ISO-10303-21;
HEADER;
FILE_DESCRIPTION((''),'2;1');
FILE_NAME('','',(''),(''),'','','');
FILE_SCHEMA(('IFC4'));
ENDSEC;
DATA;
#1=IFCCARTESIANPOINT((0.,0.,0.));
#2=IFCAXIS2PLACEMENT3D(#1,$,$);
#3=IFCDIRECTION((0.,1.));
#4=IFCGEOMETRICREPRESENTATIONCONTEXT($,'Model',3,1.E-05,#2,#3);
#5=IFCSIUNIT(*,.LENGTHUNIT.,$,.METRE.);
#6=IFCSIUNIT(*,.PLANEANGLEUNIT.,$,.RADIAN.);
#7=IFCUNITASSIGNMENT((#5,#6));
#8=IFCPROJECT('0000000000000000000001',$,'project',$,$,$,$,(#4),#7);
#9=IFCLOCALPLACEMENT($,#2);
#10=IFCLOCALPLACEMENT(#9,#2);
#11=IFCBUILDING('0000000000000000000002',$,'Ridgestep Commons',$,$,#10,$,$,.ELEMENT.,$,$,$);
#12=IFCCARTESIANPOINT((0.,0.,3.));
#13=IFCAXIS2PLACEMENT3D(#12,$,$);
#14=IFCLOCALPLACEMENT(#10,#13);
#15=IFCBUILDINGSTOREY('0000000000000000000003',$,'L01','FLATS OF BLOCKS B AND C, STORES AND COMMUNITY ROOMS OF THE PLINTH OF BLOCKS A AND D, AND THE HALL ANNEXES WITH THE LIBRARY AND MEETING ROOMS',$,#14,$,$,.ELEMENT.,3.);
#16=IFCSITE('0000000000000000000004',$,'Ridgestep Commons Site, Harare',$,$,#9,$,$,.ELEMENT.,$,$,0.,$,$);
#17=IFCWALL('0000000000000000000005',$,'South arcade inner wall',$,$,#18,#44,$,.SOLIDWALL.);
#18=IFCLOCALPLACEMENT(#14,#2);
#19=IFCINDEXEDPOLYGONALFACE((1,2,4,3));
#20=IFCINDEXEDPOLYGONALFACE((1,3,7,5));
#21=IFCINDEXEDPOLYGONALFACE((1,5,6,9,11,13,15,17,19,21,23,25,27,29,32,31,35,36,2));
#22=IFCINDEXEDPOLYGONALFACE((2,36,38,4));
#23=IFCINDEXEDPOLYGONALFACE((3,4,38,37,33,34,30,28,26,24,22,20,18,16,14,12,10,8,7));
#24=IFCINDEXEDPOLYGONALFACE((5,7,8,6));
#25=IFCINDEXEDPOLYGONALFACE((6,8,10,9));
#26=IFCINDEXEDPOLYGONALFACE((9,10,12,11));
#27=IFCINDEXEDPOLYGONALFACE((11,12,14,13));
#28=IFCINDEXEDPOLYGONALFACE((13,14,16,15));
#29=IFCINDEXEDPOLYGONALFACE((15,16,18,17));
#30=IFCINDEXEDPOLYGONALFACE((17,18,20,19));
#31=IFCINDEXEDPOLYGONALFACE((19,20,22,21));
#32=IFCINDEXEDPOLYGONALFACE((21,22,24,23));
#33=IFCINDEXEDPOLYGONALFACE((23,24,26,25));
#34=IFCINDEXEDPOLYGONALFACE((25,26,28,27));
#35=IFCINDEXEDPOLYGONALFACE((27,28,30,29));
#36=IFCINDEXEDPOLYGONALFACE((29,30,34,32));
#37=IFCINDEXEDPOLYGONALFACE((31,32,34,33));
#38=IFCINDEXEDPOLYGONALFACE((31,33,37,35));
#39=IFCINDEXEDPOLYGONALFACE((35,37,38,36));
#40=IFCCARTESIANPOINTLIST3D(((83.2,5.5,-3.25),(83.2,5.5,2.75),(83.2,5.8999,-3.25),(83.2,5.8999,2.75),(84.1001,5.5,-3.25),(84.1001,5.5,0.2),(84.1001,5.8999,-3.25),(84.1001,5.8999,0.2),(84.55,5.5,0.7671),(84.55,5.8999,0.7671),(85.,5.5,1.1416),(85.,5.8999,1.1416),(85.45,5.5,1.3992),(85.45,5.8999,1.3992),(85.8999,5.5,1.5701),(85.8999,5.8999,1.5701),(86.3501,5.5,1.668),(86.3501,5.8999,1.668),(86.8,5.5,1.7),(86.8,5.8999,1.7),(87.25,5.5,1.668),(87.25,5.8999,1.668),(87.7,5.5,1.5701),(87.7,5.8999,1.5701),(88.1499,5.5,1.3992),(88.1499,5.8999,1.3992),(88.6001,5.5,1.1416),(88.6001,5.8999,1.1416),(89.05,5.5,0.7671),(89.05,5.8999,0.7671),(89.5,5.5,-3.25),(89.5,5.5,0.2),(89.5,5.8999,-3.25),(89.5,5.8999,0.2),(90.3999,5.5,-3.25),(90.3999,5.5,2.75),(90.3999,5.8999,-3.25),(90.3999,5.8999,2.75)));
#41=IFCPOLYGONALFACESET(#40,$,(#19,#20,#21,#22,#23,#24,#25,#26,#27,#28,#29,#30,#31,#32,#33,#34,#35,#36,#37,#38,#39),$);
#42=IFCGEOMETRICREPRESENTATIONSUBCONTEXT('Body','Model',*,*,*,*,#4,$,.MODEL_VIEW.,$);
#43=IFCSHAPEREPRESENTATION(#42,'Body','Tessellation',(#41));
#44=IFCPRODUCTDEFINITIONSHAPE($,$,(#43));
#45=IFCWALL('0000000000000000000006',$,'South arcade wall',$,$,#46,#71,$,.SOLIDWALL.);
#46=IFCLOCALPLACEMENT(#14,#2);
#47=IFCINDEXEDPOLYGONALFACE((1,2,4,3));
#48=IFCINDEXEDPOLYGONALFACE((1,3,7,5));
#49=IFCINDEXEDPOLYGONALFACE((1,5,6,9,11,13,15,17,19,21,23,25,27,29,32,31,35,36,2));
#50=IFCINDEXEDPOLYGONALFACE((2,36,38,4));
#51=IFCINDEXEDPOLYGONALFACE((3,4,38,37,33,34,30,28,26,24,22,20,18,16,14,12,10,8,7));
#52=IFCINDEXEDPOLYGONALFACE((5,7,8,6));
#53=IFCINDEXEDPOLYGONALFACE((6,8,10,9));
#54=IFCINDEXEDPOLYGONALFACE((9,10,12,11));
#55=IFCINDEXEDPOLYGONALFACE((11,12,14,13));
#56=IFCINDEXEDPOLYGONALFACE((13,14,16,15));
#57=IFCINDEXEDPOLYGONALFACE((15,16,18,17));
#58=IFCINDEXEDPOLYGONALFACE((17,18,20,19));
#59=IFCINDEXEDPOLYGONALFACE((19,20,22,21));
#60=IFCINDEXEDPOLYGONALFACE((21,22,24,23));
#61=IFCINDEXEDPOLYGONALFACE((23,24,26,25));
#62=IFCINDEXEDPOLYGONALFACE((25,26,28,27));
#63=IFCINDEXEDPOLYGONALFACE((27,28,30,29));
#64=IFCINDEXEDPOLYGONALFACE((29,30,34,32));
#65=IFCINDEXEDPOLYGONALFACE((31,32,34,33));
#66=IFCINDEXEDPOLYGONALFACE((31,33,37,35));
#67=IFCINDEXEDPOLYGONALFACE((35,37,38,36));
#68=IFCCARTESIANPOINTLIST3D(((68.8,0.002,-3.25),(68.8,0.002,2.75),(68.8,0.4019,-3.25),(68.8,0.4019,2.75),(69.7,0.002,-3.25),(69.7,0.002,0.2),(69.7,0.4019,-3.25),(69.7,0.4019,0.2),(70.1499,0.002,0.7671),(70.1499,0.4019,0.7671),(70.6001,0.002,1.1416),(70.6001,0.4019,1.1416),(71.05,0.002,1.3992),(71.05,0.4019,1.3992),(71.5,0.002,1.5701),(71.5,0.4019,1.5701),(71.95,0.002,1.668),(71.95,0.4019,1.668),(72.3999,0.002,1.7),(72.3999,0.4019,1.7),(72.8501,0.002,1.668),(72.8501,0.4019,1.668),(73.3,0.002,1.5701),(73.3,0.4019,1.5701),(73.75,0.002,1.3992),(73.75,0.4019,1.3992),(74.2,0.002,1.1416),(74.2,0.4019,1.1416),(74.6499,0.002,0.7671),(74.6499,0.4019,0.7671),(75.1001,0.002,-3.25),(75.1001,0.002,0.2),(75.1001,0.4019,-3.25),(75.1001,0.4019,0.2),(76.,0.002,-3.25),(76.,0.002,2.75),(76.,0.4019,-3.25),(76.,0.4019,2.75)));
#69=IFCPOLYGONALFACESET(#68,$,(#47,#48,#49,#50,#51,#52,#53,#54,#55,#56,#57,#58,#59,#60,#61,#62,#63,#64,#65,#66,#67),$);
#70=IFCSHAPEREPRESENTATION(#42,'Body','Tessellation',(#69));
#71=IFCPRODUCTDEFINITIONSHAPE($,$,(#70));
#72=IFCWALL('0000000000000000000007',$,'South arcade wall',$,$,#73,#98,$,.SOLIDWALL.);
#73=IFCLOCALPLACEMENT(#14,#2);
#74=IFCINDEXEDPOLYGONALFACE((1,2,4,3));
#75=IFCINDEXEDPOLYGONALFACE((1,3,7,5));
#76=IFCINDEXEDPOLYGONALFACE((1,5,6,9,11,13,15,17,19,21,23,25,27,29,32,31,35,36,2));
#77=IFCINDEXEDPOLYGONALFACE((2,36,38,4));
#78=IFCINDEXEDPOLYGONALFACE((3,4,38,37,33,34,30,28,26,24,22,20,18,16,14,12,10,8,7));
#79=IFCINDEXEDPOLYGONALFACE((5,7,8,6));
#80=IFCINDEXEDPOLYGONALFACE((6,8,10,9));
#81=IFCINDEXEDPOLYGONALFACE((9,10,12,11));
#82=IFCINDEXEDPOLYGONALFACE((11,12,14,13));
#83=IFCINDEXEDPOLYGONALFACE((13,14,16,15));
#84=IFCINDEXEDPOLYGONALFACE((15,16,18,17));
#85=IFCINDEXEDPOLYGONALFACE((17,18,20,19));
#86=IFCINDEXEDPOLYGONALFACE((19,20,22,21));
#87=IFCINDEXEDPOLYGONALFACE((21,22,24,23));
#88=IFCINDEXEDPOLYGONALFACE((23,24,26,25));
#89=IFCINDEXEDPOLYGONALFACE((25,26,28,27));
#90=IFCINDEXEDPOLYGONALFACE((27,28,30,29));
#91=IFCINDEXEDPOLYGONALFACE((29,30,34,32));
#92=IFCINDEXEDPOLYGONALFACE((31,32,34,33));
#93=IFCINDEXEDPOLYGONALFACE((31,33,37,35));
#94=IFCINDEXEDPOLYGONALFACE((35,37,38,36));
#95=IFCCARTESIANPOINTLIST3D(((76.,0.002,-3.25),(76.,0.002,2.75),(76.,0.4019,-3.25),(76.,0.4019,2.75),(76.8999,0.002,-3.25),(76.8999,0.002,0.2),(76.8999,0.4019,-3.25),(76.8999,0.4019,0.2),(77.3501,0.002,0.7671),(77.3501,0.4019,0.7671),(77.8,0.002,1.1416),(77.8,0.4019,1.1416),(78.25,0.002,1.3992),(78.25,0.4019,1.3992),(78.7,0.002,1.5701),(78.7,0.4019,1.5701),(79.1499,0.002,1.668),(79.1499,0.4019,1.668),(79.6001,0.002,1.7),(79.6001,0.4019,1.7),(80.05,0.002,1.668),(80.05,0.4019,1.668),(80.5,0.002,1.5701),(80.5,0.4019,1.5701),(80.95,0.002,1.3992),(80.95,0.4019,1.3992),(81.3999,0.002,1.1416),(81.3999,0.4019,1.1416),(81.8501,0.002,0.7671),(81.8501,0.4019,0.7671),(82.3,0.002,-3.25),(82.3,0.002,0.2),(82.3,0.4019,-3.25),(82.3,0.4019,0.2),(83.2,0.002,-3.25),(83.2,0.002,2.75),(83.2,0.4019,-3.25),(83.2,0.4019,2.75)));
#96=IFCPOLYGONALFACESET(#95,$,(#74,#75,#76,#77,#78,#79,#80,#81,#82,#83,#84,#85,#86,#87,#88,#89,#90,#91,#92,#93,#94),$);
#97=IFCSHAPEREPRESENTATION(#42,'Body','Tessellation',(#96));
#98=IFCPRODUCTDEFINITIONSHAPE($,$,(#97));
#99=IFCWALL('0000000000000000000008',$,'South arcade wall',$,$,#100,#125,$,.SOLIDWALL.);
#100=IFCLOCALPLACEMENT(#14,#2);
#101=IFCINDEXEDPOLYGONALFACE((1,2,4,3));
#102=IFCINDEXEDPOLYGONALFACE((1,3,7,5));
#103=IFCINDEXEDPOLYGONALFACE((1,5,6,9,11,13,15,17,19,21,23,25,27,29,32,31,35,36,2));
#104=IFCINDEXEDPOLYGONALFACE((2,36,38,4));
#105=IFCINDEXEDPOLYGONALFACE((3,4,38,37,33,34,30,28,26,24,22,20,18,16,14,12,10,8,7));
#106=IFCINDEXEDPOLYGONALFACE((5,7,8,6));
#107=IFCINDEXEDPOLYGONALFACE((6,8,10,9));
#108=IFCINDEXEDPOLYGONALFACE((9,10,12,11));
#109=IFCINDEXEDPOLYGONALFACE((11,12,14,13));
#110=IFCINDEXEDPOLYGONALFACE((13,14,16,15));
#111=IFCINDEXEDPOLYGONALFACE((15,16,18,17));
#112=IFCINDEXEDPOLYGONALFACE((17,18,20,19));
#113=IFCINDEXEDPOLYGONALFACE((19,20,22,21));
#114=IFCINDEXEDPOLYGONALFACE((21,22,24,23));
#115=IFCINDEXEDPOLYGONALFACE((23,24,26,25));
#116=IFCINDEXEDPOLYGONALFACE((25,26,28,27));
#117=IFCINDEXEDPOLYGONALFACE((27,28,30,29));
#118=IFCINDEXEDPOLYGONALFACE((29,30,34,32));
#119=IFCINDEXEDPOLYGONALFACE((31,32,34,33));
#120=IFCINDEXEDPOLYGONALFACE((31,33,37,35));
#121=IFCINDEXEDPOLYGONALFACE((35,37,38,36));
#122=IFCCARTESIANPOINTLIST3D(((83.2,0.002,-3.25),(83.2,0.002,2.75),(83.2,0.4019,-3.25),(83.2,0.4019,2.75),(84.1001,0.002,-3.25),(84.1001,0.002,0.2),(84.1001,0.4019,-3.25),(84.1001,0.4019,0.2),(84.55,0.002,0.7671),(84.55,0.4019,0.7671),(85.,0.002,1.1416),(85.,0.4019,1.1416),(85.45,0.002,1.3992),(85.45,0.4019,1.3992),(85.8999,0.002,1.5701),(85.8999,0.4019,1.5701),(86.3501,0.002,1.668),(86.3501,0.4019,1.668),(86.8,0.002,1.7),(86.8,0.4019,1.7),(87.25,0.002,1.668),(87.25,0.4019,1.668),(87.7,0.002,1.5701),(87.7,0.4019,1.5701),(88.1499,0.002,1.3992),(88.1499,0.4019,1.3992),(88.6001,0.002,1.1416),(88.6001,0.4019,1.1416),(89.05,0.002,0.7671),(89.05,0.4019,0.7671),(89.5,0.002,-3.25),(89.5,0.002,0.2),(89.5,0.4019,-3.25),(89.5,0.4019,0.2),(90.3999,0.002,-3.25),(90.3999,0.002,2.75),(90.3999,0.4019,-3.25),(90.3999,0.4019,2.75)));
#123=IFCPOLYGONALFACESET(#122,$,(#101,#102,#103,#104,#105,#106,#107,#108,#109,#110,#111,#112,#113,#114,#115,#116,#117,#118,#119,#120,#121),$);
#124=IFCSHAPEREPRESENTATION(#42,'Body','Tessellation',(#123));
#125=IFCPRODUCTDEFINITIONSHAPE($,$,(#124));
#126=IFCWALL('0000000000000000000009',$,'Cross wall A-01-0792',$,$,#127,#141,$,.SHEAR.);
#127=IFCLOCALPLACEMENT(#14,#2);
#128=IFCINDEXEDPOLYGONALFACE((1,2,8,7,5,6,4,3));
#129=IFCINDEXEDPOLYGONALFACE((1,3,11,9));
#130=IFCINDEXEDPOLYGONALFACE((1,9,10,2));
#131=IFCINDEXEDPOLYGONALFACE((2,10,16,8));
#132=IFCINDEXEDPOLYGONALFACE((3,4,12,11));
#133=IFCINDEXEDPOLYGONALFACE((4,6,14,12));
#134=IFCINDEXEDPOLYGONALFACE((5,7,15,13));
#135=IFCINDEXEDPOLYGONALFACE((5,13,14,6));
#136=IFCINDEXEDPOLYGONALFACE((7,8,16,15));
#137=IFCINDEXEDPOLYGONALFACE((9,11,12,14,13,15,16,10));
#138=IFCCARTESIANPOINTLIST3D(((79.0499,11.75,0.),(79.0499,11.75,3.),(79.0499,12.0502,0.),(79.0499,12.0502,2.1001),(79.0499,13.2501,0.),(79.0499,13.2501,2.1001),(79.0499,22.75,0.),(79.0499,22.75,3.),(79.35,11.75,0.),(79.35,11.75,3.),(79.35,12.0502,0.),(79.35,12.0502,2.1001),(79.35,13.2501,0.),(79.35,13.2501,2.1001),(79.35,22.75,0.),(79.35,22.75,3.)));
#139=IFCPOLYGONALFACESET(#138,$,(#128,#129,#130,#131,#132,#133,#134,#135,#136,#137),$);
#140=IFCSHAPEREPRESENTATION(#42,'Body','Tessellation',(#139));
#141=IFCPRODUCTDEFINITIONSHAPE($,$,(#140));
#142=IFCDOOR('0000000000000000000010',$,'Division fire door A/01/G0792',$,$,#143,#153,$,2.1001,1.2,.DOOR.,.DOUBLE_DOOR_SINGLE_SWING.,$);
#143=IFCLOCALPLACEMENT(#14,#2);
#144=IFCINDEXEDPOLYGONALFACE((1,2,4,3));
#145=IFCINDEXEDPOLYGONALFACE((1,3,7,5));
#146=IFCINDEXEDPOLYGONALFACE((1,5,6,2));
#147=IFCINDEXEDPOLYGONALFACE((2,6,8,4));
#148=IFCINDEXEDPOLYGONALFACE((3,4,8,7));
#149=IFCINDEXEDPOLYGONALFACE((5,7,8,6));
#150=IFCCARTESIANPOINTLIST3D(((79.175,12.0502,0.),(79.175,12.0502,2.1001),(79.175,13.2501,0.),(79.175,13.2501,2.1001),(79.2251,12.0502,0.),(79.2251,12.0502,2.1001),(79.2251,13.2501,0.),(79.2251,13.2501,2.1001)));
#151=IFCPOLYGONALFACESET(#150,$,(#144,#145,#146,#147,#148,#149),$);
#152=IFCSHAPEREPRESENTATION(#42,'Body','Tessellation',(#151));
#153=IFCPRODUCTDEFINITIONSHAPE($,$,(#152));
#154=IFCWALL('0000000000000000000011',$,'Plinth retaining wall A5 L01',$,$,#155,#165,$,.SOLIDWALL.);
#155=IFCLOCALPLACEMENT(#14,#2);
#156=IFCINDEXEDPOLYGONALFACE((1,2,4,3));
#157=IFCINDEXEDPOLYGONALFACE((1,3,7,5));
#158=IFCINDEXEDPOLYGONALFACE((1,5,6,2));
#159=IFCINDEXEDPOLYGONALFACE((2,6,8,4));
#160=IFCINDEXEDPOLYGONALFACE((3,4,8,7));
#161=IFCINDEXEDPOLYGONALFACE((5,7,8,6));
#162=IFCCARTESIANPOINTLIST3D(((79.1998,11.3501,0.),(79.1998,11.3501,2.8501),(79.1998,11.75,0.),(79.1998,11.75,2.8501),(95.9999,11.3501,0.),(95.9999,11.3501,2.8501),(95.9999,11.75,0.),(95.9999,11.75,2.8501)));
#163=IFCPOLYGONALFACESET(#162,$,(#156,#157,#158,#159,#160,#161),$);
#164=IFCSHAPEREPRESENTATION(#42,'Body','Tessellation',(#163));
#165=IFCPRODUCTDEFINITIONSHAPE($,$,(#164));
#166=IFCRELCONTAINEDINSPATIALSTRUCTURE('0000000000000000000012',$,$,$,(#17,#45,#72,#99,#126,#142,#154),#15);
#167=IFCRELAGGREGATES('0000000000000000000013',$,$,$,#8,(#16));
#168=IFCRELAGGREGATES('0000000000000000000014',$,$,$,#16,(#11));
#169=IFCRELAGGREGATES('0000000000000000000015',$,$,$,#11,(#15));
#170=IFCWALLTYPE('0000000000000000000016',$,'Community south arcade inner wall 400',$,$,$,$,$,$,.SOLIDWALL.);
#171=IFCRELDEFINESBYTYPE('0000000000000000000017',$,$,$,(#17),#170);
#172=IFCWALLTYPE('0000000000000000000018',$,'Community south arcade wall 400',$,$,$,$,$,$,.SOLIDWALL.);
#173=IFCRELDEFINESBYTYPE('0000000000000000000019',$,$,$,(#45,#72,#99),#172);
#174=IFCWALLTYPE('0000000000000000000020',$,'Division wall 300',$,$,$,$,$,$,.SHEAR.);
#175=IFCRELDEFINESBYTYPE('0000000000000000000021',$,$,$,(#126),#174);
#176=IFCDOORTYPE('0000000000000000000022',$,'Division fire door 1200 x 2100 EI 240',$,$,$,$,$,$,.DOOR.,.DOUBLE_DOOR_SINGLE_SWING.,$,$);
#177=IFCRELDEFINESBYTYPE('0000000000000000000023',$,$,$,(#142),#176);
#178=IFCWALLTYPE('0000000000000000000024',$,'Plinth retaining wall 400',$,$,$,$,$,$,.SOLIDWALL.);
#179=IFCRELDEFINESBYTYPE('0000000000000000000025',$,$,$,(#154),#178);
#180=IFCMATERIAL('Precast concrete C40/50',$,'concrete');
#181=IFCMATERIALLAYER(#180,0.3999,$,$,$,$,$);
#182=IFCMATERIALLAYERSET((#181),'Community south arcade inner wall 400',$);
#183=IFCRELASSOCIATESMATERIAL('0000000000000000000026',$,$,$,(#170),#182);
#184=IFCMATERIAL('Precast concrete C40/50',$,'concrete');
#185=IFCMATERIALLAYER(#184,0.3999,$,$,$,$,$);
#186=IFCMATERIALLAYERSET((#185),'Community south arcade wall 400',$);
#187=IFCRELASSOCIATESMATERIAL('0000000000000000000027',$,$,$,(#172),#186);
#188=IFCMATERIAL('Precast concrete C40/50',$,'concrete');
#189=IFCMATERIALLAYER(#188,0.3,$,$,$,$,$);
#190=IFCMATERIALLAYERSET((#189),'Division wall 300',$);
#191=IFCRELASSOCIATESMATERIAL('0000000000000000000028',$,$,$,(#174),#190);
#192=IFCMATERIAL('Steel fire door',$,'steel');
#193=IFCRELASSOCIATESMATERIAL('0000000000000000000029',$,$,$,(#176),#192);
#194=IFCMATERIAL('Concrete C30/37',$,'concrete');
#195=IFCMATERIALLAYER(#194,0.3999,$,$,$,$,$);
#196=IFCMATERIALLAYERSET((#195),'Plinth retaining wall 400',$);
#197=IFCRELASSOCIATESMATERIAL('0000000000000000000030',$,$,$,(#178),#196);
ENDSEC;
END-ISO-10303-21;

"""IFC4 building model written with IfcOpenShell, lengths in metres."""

from ifc_helpers import new_model, si_unit, direction, frame, frame_2d, origin, place, context, subcontext, project, spatial, polyline, rectangle, outline, extrude, material, layer, layer_set, type_object, element, fill, save


model = new_model("IFC4")

# Units and contexts
model_context = context("Model", 3, precision=1e-05, world=origin(), true_north=direction((0.0, 1.0)))
body_context = subcontext(model_context, "Body", "Model", "MODEL_VIEW")
ifc_project = project(units=[si_unit("LENGTHUNIT", "METRE"), si_unit("PLANEANGLEUNIT", "RADIAN")], contexts=[model_context])

# Site, building, storey
site_placement = place(None, origin())
site = spatial("IfcSite", under=ifc_project, at=site_placement, Name="Ridgestep Commons Site, Harare", CompositionType="ELEMENT", RefElevation=0.0)
building_placement = place(site_placement, origin())
building = spatial("IfcBuilding", under=site, at=building_placement, Name="Ridgestep Commons", CompositionType="ELEMENT")
storey_placement = place(building_placement, frame((0.0, 0.0, 3.0)))
storey = spatial("IfcBuildingStorey", under=building, at=storey_placement, Name="L01", Description="FLATS OF BLOCKS B AND C, STORES AND COMMUNITY ROOMS OF THE PLINTH OF BLOCKS A AND D, AND THE HALL ANNEXES WITH THE LIBRARY AND MEETING ROOMS", CompositionType="ELEMENT", Elevation=3.0)

# Walls
ifc_material_1 = material(Name="Precast concrete C40/50", Category="concrete")
ifc_layer_1 = layer(ifc_material_1, 0.3999)
ifc_layer_set_1 = layer_set([ifc_layer_1], Name="Community south arcade inner wall 400")
wall_type_1 = type_object("IfcWallType", Name="Community south arcade inner wall 400", PredefinedType="SOLIDWALL", material=ifc_layer_set_1)
wall_1_placement = place(storey_placement, frame((83.2, 5.5, -3.25), z_axis=(0.0, -1.0, 0.0), x_axis=(1.0, 0.0, 0.0)))
element("IfcWall", 1, at=wall_1_placement, inside=storey, type_object=wall_type_1, Name="South arcade inner wall", PredefinedType="SOLIDWALL", context=body_context, shape_type="SweptSolid", body=[
    extrude(outline(polyline([(0.0, 0.0), (0.9001, 0.0), (0.9001, 3.45), (1.3501, 4.0171), (1.8, 4.3916), (2.25, 4.6492), (2.7, 4.8201), (3.1501, 4.918), (3.6001, 4.95), (4.05, 4.918), (4.5, 4.8201), (4.95, 4.6492), (5.4001, 4.3916), (5.8501, 4.0171), (6.3, 3.45), (6.3, 0.0), (7.2, 0.0), (7.2, 6.0), (0.0, 6.0), (0.0, 0.0)])), origin(), (0.0, 0.0, -1.0), 0.3999),
])
ifc_material_2 = material(Name="Precast concrete C40/50", Category="concrete")
ifc_layer_2 = layer(ifc_material_2, 0.3999)
ifc_layer_set_2 = layer_set([ifc_layer_2], Name="Community south arcade wall 400")
wall_type_2 = type_object("IfcWallType", Name="Community south arcade wall 400", PredefinedType="SOLIDWALL", material=ifc_layer_set_2)
wall_2_placement = place(storey_placement, frame((68.8, 0.002, -3.25), z_axis=(0.0, -1.0, 0.0), x_axis=(1.0, 0.0, 0.0)))
element("IfcWall", 2, at=wall_2_placement, inside=storey, type_object=wall_type_2, Name="South arcade wall", PredefinedType="SOLIDWALL", context=body_context, shape_type="SweptSolid", body=[
    extrude(outline(polyline([(0.0, 0.0), (0.8999, 0.0), (0.8999, 3.45), (1.3499, 4.0171), (1.8, 4.3916), (2.25, 4.6492), (2.7, 4.8201), (3.1499, 4.918), (3.5999, 4.95), (4.05, 4.918), (4.5, 4.8201), (4.95, 4.6492), (5.3999, 4.3916), (5.8499, 4.0171), (6.3, 3.45), (6.3, 0.0), (7.2, 0.0), (7.2, 6.0), (0.0, 6.0), (0.0, 0.0)])), origin(), (0.0, 0.0, -1.0), 0.3999),
])
wall_3_placement = place(storey_placement, frame((76.0, 0.002, -3.25), z_axis=(0.0, -1.0, 0.0), x_axis=(1.0, 0.0, 0.0)))
element("IfcWall", 3, at=wall_3_placement, inside=storey, type_object=wall_type_2, Name="South arcade wall", PredefinedType="SOLIDWALL", context=body_context, shape_type="SweptSolid", body=[
    extrude(outline(polyline([(0.0, 0.0), (0.8999, 0.0), (0.8999, 3.45), (1.3501, 4.0171), (1.8, 4.3916), (2.25, 4.6492), (2.7, 4.8201), (3.1499, 4.918), (3.6001, 4.95), (4.05, 4.918), (4.5, 4.8201), (4.95, 4.6492), (5.3999, 4.3916), (5.8501, 4.0171), (6.3, 3.45), (6.3, 0.0), (7.2, 0.0), (7.2, 6.0), (0.0, 6.0), (0.0, 0.0)])), origin(), (0.0, 0.0, -1.0), 0.3999),
])
wall_4_placement = place(storey_placement, frame((83.2, 0.002, -3.25), z_axis=(0.0, -1.0, 0.0), x_axis=(1.0, 0.0, 0.0)))
element("IfcWall", 4, at=wall_4_placement, inside=storey, type_object=wall_type_2, Name="South arcade wall", PredefinedType="SOLIDWALL", context=body_context, shape_type="SweptSolid", body=[
    extrude(outline(polyline([(0.0, 0.0), (0.9001, 0.0), (0.9001, 3.45), (1.3501, 4.0171), (1.8, 4.3916), (2.25, 4.6492), (2.7, 4.8201), (3.1501, 4.918), (3.6001, 4.95), (4.05, 4.918), (4.5, 4.8201), (4.95, 4.6492), (5.4001, 4.3916), (5.8501, 4.0171), (6.3, 3.45), (6.3, 0.0), (7.2, 0.0), (7.2, 6.0), (0.0, 6.0), (0.0, 0.0)])), origin(), (0.0, 0.0, -1.0), 0.3999),
])

# Wall, opening, door
ifc_material_3 = material(Name="Precast concrete C40/50", Category="concrete")
ifc_layer_3 = layer(ifc_material_3, 0.3)
ifc_layer_set_3 = layer_set([ifc_layer_3], Name="Division wall 300")
wall_type_3 = type_object("IfcWallType", Name="Division wall 300", PredefinedType="SHEAR", material=ifc_layer_set_3)
wall_5_placement = place(storey_placement, frame((79.2, 11.75, 0.0), z_axis=(0.0, 0.0, 1.0), x_axis=(0.0, 1.0, 0.0)))
wall_5 = element("IfcWall", 5, at=wall_5_placement, inside=storey, type_object=wall_type_3, Name="Cross wall A-01-0792", PredefinedType="SHEAR", context=body_context, shape_type="SweptSolid", body=[
    extrude(rectangle(XDim=11.0, YDim=0.3, at=frame_2d((5.5, 0.0))), origin(), (0.0, 0.0, 1.0), 3.0),
])
opening_placement = place(wall_5_placement, frame((0.3, 0.0, 0.0)))
opening = element("IfcOpeningElement", 6, at=opening_placement, cuts=wall_5, PredefinedType="OPENING", context=body_context, shape_type="SweptSolid", body=[
    extrude(rectangle(XDim=1.2, YDim=2.1001, at=frame_2d((0.6001, 1.05))), frame((0.0, 0.1599, 0.0), z_axis=(0.0, -1.0, 0.0), x_axis=(1.0, 0.0, 0.0)), (0.0, 0.0, 1.0), 0.3201),
])
ifc_material_4 = material(Name="Steel fire door", Category="steel")
door_type = type_object("IfcDoorType", Name="Division fire door 1200 x 2100 EI 240", OperationType="DOUBLE_DOOR_SINGLE_SWING", PredefinedType="DOOR", material=ifc_material_4)
door_placement = place(opening_placement, origin())
door = element("IfcDoor", 7, at=door_placement, inside=storey, type_object=door_type, Name="Division fire door A/01/G0792", OperationType="DOUBLE_DOOR_SINGLE_SWING", OverallHeight=2.1001, OverallWidth=1.2, PredefinedType="DOOR", context=body_context, shape_type="SweptSolid", body=[
    extrude(rectangle(XDim=1.2, YDim=2.1001, at=frame_2d((0.6001, 1.05))), frame((0.0, 0.0249, 0.0), z_axis=(0.0, -1.0, 0.0), x_axis=(1.0, 0.0, 0.0)), (0.0, 0.0, 1.0), 0.05),
])
fill(opening, door)

# Wall
ifc_material_5 = material(Name="Concrete C30/37", Category="concrete")
ifc_layer_4 = layer(ifc_material_5, 0.3999)
ifc_layer_set_4 = layer_set([ifc_layer_4], Name="Plinth retaining wall 400")
wall_type_4 = type_object("IfcWallType", Name="Plinth retaining wall 400", PredefinedType="SOLIDWALL", material=ifc_layer_set_4)
wall_6_placement = place(storey_placement, frame((79.2, 11.55, 0.0), z_axis=(0.0, 0.0, 1.0), x_axis=(1.0, 0.0, 0.0)))
element("IfcWall", 8, at=wall_6_placement, inside=storey, type_object=wall_type_4, Name="Plinth retaining wall A5 L01", PredefinedType="SOLIDWALL", context=body_context, shape_type="SweptSolid", body=[
    extrude(rectangle(XDim=16.8, YDim=0.3999, at=frame_2d((8.3999, 0.0))), origin(), (0.0, 0.0, 1.0), 2.8501),
])

save(model, "model.ifc")
